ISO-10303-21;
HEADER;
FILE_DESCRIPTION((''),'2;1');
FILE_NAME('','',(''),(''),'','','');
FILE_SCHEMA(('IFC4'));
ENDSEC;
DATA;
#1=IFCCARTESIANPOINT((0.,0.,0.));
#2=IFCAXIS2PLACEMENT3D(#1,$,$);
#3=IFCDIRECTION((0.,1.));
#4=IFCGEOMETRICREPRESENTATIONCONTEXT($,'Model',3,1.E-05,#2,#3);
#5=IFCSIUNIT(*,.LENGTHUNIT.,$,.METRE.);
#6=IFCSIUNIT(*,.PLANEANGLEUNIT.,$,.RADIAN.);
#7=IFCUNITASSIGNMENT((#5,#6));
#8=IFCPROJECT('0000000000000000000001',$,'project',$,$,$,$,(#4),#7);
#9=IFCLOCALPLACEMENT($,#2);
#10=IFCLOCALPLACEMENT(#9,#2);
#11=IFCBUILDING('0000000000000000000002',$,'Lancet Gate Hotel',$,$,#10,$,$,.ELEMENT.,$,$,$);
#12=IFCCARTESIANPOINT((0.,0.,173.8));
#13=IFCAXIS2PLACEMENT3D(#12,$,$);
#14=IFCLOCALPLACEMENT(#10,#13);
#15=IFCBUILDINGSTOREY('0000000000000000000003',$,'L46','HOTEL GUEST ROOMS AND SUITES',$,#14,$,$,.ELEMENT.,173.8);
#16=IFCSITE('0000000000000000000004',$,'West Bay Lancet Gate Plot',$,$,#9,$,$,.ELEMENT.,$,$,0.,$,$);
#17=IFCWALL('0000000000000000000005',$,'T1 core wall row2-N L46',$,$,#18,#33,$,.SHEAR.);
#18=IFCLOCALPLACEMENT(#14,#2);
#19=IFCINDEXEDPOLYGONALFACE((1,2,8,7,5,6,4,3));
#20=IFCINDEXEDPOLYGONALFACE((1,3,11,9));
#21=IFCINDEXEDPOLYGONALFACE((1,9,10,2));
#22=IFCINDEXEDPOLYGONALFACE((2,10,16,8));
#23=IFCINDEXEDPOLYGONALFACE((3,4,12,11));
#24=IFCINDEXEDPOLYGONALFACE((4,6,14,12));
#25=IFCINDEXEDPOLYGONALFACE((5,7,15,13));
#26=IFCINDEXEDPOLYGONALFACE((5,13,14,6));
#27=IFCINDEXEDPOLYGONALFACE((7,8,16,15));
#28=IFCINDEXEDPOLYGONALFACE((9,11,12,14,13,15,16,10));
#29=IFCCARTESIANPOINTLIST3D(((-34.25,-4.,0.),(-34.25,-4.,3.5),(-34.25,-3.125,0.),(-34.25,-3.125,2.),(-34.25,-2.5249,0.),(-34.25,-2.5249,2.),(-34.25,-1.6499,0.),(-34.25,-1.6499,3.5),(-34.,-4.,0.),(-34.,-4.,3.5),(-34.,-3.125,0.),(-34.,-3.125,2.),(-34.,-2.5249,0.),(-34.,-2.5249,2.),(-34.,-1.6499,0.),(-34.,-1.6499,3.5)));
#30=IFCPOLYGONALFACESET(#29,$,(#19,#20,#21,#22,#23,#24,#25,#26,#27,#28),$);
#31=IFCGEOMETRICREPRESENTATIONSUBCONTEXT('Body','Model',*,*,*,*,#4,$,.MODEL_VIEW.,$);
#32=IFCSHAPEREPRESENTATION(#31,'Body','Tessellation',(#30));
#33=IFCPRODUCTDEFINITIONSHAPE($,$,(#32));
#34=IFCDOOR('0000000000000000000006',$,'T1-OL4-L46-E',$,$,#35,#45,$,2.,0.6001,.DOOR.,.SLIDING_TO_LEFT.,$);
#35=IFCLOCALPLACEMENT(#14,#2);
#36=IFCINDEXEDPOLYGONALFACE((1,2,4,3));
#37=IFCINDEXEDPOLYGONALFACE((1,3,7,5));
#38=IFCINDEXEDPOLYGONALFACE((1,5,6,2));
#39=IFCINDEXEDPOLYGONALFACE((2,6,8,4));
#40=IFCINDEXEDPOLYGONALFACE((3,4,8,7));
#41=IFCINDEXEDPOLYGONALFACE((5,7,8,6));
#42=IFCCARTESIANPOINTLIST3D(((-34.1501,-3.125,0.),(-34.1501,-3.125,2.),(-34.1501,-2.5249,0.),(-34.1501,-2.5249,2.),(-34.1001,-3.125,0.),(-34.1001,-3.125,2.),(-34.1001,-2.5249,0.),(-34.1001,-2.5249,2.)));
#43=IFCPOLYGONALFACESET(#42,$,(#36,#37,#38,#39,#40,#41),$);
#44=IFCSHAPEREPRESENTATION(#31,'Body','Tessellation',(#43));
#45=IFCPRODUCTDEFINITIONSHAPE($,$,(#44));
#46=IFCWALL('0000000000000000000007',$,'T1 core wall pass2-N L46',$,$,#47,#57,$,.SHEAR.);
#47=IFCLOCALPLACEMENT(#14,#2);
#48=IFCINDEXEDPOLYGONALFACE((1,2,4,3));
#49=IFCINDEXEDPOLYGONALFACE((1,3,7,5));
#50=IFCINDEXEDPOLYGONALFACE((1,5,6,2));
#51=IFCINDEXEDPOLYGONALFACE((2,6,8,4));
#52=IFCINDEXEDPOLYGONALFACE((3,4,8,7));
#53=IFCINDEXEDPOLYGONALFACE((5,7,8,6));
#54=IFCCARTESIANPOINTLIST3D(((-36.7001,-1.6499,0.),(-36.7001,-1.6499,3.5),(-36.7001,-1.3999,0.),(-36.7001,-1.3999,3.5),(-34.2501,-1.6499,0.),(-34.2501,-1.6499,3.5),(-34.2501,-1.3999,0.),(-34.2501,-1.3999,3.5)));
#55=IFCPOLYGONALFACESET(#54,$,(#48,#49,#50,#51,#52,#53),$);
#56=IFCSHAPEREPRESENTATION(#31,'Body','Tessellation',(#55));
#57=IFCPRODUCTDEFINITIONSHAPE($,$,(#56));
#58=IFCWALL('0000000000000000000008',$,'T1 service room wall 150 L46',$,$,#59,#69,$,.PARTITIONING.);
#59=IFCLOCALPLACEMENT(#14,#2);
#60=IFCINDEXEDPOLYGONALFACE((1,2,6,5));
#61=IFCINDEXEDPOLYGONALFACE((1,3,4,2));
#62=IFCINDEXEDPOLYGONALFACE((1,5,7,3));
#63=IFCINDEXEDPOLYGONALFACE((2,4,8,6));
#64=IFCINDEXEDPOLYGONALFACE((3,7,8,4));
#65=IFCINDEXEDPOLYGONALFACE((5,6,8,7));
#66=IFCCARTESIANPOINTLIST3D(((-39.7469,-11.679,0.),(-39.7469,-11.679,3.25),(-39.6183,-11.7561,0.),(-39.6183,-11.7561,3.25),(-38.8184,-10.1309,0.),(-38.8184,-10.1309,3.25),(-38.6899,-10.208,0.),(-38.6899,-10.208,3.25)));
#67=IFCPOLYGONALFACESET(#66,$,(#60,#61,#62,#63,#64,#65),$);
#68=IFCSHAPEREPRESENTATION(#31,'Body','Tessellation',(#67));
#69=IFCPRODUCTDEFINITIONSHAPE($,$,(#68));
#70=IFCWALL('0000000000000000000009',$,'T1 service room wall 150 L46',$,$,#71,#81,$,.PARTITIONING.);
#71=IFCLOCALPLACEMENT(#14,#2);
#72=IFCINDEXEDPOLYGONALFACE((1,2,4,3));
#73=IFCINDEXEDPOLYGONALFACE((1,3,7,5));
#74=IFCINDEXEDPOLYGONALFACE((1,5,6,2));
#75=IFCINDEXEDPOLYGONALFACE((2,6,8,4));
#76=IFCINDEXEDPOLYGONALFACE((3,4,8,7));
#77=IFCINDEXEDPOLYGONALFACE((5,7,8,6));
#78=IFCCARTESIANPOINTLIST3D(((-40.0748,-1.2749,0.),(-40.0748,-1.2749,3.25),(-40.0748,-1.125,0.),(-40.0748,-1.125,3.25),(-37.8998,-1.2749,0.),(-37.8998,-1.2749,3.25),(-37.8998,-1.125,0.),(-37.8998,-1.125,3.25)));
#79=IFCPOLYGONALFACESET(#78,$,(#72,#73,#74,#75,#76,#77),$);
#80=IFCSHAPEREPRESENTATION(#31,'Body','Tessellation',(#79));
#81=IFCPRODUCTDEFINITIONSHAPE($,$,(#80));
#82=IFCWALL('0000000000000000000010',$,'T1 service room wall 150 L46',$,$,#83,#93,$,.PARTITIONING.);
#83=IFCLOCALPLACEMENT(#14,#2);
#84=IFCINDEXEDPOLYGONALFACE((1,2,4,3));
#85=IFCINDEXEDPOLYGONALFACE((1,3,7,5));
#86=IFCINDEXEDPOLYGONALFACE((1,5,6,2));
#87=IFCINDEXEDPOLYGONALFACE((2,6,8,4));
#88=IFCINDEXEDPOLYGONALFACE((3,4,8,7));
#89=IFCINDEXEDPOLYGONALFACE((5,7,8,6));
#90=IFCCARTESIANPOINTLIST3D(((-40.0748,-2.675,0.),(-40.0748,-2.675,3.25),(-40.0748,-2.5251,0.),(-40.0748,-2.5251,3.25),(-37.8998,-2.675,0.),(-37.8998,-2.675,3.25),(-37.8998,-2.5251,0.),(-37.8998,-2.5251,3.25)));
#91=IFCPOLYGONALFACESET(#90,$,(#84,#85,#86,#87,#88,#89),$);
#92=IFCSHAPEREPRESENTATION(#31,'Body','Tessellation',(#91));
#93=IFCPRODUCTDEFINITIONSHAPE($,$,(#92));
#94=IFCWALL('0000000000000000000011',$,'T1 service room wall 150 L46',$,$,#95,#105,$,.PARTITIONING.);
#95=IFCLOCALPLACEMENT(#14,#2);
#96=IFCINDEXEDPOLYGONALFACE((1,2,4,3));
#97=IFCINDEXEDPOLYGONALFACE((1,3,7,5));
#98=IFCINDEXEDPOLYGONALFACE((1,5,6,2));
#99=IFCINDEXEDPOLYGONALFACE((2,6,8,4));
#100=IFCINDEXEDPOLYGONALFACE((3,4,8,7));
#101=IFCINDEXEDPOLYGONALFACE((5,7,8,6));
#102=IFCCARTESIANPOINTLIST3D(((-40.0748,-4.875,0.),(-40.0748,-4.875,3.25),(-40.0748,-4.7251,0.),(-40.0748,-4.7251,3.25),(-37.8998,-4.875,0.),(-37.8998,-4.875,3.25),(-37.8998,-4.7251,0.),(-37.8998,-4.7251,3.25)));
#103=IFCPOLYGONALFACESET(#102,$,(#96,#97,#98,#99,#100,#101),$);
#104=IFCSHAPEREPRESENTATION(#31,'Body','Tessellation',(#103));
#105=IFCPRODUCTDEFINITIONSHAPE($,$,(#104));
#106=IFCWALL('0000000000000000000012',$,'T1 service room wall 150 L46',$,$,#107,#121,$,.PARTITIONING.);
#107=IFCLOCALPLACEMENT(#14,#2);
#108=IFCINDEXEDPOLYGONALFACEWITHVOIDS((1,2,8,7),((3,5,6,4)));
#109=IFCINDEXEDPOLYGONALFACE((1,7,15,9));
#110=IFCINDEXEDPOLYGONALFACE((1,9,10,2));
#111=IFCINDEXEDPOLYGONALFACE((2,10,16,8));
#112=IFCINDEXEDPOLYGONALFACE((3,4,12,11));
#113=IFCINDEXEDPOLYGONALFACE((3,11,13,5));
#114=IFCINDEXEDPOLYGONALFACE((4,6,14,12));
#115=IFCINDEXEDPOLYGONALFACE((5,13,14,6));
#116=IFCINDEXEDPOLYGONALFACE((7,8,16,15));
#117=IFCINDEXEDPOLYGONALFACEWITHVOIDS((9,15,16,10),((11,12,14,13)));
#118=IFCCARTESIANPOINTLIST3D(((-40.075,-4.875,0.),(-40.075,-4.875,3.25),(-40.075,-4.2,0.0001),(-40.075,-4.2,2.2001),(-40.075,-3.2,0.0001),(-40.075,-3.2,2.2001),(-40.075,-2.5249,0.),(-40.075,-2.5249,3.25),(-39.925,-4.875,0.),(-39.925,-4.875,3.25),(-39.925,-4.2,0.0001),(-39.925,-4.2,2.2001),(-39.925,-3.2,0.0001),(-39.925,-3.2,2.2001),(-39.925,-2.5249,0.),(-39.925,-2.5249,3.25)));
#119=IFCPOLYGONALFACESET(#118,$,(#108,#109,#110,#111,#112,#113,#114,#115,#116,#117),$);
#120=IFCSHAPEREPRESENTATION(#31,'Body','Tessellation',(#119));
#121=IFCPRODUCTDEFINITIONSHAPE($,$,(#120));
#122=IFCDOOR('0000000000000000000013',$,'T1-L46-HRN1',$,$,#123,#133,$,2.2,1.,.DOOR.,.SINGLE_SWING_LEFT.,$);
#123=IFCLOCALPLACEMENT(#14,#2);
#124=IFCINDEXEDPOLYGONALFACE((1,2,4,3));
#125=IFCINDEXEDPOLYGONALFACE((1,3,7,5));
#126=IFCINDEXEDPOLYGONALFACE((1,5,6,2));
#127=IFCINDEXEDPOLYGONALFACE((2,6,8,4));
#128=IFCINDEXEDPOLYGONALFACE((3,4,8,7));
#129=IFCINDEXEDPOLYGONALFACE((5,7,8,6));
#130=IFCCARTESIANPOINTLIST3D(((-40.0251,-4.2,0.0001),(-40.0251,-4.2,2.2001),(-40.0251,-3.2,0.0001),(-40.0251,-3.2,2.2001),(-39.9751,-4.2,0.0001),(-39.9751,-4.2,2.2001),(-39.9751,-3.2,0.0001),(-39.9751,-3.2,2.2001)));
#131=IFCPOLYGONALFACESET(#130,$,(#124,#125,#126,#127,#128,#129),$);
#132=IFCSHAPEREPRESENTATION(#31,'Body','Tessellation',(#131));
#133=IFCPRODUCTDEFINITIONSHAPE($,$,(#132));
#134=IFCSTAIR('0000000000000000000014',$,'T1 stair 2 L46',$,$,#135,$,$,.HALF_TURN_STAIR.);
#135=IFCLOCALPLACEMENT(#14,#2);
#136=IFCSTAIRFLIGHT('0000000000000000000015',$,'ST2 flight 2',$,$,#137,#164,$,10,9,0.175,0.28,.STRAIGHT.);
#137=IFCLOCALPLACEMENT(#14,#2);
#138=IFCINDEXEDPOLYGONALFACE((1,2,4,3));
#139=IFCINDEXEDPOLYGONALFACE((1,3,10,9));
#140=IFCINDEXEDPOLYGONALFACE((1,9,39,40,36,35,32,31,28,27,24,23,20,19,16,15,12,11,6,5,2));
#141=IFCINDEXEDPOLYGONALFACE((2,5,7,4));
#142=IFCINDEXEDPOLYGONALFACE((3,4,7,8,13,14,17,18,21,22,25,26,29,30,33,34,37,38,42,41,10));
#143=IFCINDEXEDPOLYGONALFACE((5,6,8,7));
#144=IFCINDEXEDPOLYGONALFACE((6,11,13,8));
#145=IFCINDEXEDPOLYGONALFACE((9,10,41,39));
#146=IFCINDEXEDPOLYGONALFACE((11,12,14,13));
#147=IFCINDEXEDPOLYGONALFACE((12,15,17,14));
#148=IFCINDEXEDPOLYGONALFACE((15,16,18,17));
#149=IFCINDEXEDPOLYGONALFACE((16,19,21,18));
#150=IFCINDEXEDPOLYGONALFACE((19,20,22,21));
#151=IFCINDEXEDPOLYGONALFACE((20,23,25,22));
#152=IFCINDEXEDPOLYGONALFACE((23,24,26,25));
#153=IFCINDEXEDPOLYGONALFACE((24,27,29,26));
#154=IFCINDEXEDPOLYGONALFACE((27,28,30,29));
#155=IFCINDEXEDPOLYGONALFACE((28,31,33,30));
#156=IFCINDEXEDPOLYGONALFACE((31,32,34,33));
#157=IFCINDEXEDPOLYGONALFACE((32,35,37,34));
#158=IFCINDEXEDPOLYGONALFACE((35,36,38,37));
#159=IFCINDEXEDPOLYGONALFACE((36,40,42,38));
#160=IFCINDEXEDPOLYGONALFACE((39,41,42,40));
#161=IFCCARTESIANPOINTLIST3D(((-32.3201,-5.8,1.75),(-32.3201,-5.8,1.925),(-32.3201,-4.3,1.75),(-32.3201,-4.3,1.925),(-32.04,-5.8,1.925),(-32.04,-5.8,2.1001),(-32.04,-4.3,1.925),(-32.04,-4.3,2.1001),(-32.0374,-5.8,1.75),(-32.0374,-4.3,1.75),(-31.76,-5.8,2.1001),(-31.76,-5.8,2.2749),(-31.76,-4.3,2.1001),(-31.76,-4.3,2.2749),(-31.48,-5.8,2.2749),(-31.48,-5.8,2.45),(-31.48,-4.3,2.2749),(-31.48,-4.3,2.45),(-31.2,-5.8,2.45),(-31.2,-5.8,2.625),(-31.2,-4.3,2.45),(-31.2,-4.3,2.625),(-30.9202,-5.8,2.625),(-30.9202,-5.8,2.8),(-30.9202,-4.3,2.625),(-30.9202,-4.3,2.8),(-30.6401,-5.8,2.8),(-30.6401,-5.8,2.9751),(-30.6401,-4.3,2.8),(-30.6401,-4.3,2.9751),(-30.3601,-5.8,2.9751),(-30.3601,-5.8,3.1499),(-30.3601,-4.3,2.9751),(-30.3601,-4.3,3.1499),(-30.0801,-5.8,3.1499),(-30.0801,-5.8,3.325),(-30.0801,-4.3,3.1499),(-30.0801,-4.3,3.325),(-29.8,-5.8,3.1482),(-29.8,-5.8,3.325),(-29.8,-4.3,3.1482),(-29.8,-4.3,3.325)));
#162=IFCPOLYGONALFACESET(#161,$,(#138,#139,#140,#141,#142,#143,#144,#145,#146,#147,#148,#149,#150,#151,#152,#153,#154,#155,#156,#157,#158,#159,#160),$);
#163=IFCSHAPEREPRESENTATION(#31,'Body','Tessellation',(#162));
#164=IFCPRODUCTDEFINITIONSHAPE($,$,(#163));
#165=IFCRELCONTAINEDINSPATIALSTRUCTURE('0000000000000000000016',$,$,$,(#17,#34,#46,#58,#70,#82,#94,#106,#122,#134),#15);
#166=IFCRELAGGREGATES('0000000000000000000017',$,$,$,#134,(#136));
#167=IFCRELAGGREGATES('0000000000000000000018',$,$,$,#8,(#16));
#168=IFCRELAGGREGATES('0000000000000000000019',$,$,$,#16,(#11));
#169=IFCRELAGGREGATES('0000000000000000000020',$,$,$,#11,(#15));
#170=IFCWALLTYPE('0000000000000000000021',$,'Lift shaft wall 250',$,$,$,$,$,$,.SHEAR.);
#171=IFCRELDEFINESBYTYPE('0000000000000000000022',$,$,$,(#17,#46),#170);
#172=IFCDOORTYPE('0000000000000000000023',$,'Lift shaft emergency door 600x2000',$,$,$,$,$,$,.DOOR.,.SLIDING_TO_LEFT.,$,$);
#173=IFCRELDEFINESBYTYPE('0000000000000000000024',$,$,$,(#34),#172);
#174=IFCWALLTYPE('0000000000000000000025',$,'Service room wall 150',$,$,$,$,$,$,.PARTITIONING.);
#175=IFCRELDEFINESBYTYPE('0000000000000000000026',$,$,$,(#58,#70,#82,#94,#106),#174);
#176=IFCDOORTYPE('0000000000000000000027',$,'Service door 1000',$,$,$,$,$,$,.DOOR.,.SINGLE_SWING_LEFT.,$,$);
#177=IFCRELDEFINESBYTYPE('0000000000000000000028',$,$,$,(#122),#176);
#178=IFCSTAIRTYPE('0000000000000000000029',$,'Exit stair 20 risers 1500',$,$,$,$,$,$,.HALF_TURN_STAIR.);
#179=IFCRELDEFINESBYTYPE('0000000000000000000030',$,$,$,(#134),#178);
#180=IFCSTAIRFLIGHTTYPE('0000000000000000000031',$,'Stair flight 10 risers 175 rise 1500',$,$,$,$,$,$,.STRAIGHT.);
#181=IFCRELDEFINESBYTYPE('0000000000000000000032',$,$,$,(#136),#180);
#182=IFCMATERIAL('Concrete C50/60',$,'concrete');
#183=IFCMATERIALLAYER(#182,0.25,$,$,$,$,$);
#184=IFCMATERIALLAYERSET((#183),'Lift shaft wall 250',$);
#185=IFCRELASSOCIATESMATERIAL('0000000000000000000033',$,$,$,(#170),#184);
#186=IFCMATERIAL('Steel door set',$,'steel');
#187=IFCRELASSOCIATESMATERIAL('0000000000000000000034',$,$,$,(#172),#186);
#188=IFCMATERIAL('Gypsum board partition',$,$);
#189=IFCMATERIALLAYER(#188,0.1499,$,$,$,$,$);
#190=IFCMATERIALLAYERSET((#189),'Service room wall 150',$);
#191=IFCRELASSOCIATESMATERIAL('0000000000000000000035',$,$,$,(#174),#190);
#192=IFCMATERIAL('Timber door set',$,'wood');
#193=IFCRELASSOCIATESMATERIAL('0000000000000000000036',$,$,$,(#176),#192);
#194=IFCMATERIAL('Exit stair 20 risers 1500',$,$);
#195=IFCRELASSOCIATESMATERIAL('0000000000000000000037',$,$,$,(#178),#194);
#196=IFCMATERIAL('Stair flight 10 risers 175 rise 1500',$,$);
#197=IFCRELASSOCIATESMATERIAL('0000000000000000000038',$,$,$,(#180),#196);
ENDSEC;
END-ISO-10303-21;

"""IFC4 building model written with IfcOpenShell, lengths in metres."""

from ifc_helpers import new_model, si_unit, direction, frame, frame_2d, origin, place, context, subcontext, project, spatial, polyline, rectangle, outline, extrude, material, layer, layer_set, type_object, element, fill, aggregate, save


model = new_model("IFC4")

# Units and contexts
model_context = context("Model", 3, precision=1e-05, world=origin(), true_north=direction((0.0, 1.0)))
body_context = subcontext(model_context, "Body", "Model", "MODEL_VIEW")
ifc_project = project(units=[si_unit("LENGTHUNIT", "METRE"), si_unit("PLANEANGLEUNIT", "RADIAN")], contexts=[model_context])

# Site, building, storey
site_placement = place(None, origin())
site = spatial("IfcSite", under=ifc_project, at=site_placement, Name="West Bay Lancet Gate Plot", CompositionType="ELEMENT", RefElevation=0.0)
building_placement = place(site_placement, origin())
building = spatial("IfcBuilding", under=site, at=building_placement, Name="Lancet Gate Hotel", CompositionType="ELEMENT")
storey_placement = place(building_placement, frame((0.0, 0.0, 173.8)))
storey = spatial("IfcBuildingStorey", under=building, at=storey_placement, Name="L46", Description="HOTEL GUEST ROOMS AND SUITES", CompositionType="ELEMENT", Elevation=173.8)

# Wall, opening, door
ifc_material_1 = material(Name="Concrete C50/60", Category="concrete")
ifc_layer_1 = layer(ifc_material_1, 0.25)
ifc_layer_set_1 = layer_set([ifc_layer_1], Name="Lift shaft wall 250")
wall_type_1 = type_object("IfcWallType", Name="Lift shaft wall 250", PredefinedType="SHEAR", material=ifc_layer_set_1)
wall_1_placement = place(storey_placement, frame((-34.125, -1.6499, 0.0), z_axis=(0.0, 0.0, 1.0), x_axis=(0.0, -1.0, 0.0)))
wall_1 = element("IfcWall", 1, at=wall_1_placement, inside=storey, type_object=wall_type_1, Name="T1 core wall row2-N L46", PredefinedType="SHEAR", context=body_context, shape_type="SweptSolid", body=[
    extrude(rectangle(XDim=2.3501, YDim=0.25, at=frame_2d((1.175, 0.0))), origin(), (0.0, 0.0, 1.0), 3.5),
])
opening_1_placement = place(wall_1_placement, frame((0.875, 0.0, 0.0)))
opening_1 = element("IfcOpeningElement", 2, at=opening_1_placement, cuts=wall_1, PredefinedType="OPENING", context=body_context, shape_type="SweptSolid", body=[
    extrude(rectangle(XDim=0.6001, YDim=2.0, at=frame_2d((0.3, 1.0))), frame((0.0, 0.135, 0.0), z_axis=(0.0, -1.0, 0.0), x_axis=(1.0, 0.0, 0.0)), (0.0, 0.0, 1.0), 0.27),
])
ifc_material_2 = material(Name="Steel door set", Category="steel")
door_type_1 = type_object("IfcDoorType", Name="Lift shaft emergency door 600x2000", OperationType="SLIDING_TO_LEFT", PredefinedType="DOOR", material=ifc_material_2)
door_1_placement = place(opening_1_placement, origin())
door_1 = element("IfcDoor", 3, at=door_1_placement, inside=storey, type_object=door_type_1, Name="T1-OL4-L46-E", OperationType="SLIDING_TO_LEFT", OverallHeight=2.0, OverallWidth=0.6001, PredefinedType="DOOR", context=body_context, shape_type="SweptSolid", body=[
    extrude(rectangle(XDim=0.6001, YDim=2.0, at=frame_2d((0.3, 1.0))), frame((0.0, 0.0249, 0.0), z_axis=(0.0, -1.0, 0.0), x_axis=(1.0, 0.0, 0.0)), (0.0, 0.0, 1.0), 0.05),
])
fill(opening_1, door_1)

# Walls
wall_2_placement = place(storey_placement, frame((-34.25, -1.5249, 0.0), z_axis=(0.0, 0.0, 1.0), x_axis=(-1.0, 0.0, 0.0)))
element("IfcWall", 4, at=wall_2_placement, inside=storey, type_object=wall_type_1, Name="T1 core wall pass2-N L46", PredefinedType="SHEAR", context=body_context, shape_type="SweptSolid", body=[
    extrude(rectangle(XDim=2.45, YDim=0.25, at=frame_2d((1.2251, 0.0))), origin(), (0.0, 0.0, 1.0), 3.5),
])
ifc_material_3 = material(Name="Gypsum board partition")
ifc_layer_2 = layer(ifc_material_3, 0.1499)
ifc_layer_set_2 = layer_set([ifc_layer_2], Name="Service room wall 150")
wall_type_2 = type_object("IfcWallType", Name="Service room wall 150", PredefinedType="PARTITIONING", material=ifc_layer_set_2)
wall_3_placement = place(storey_placement, frame((-39.6826, -11.7175, 0.0), z_axis=(0.0, 0.0, 1.0), x_axis=(0.514337, 0.857588, 0.0)))
element("IfcWall", 5, at=wall_3_placement, inside=storey, type_object=wall_type_2, Name="T1 service room wall 150 L46", PredefinedType="PARTITIONING", context=body_context, shape_type="SweptSolid", body=[
    extrude(rectangle(XDim=1.8052, YDim=0.1499, at=frame_2d((0.9026, 0.0))), origin(), (0.0, 0.0, 1.0), 3.25),
])
for number, where, z_axis, x_axis, name in (
    (6, (-37.8999, -1.2, 0.0), (0.0, 0.0, 1.0), (-1.0, 0.0, 0.0), "T1 service room wall 150 L46"),
    (7, (-37.8999, -2.6001, 0.0), (0.0, 0.0, 1.0), (-1.0, 0.0, 0.0), "T1 service room wall 150 L46"),
    (8, (-37.8999, -4.8, 0.0), (0.0, 0.0, 1.0), (-1.0, 0.0, 0.0), "T1 service room wall 150 L46"),
):
    element("IfcWall", number, at=place(storey_placement, frame(where, z_axis=z_axis, x_axis=x_axis)), inside=storey, type_object=wall_type_2, Name=name, PredefinedType="PARTITIONING", context=body_context, shape_type="SweptSolid", body=[
        extrude(rectangle(XDim=2.175, YDim=0.1499, at=frame_2d((1.0874, 0.0))), origin(), (0.0, 0.0, 1.0), 3.25),
    ])

# Wall, opening, door
wall_4_placement = place(storey_placement, frame((-40.0, -2.5249, 0.0), z_axis=(0.0, 0.0, 1.0), x_axis=(0.0, -1.0, 0.0)))
wall_4 = element("IfcWall", 9, at=wall_4_placement, inside=storey, type_object=wall_type_2, Name="T1 service room wall 150 L46", PredefinedType="PARTITIONING", context=body_context, shape_type="SweptSolid", body=[
    extrude(rectangle(XDim=2.3501, YDim=0.1499, at=frame_2d((1.175, 0.0))), origin(), (0.0, 0.0, 1.0), 3.25),
])
opening_2_placement = place(wall_4_placement, frame((0.675, 0.0, 0.0)))
opening_2 = element("IfcOpeningElement", 10, at=opening_2_placement, cuts=wall_4, PredefinedType="OPENING", context=body_context, shape_type="SweptSolid", body=[
    extrude(rectangle(XDim=1.0, YDim=2.2, at=frame_2d((0.5, 1.1001))), frame((0.0, 0.085, 0.0), z_axis=(0.0, -1.0, 0.0), x_axis=(1.0, 0.0, 0.0)), (0.0, 0.0, 1.0), 0.1699),
])
ifc_material_4 = material(Name="Timber door set", Category="wood")
door_type_2 = type_object("IfcDoorType", Name="Service door 1000", OperationType="SINGLE_SWING_LEFT", PredefinedType="DOOR", material=ifc_material_4)
door_2_placement = place(opening_2_placement, origin())
door_2 = element("IfcDoor", 11, at=door_2_placement, inside=storey, type_object=door_type_2, Name="T1-L46-HRN1", OperationType="SINGLE_SWING_LEFT", OverallHeight=2.2, OverallWidth=1.0, PredefinedType="DOOR", context=body_context, shape_type="SweptSolid", body=[
    extrude(rectangle(XDim=1.0, YDim=2.2, at=frame_2d((0.5, 1.1001))), frame((0.0, 0.0249, 0.0), z_axis=(0.0, -1.0, 0.0), x_axis=(1.0, 0.0, 0.0)), (0.0, 0.0, 1.0), 0.05),
])
fill(opening_2, door_2)

# Stair, stair flight
ifc_material_5 = material(Name="Exit stair 20 risers 1500")
stair_type = type_object("IfcStairType", Name="Exit stair 20 risers 1500", PredefinedType="HALF_TURN_STAIR", material=ifc_material_5)
stair_placement = place(storey_placement, origin())
stair = element("IfcStair", 12, at=stair_placement, inside=storey, type_object=stair_type, Name="T1 stair 2 L46", PredefinedType="HALF_TURN_STAIR")
ifc_material_6 = material(Name="Stair flight 10 risers 175 rise 1500")
stair_flight_type = type_object("IfcStairFlightType", Name="Stair flight 10 risers 175 rise 1500", PredefinedType="STRAIGHT", material=ifc_material_6)
stair_flight_placement = place(storey_placement, frame((-32.3201, -5.05, 1.75), z_axis=(0.0, 0.0, 1.0), x_axis=(1.0, 0.0, 0.0)))
stair_flight = element("IfcStairFlight", 13, at=stair_flight_placement, type_object=stair_flight_type, Name="ST2 flight 2", NumberOfRisers=10, NumberOfTreads=9, PredefinedType="STRAIGHT", RiserHeight=0.175, TreadLength=0.28, context=body_context, shape_type="SweptSolid", body=[
    extrude(outline(polyline([(0.0, 0.0), (0.0, 0.175), (0.28, 0.175), (0.28, 0.3501), (0.5601, 0.3501), (0.5601, 0.5249), (0.8401, 0.5249), (0.8401, 0.7), (1.1201, 0.7), (1.1201, 0.875), (1.3999, 0.875), (1.3999, 1.05), (1.6799, 1.05), (1.6799, 1.2251), (1.96, 1.2251), (1.96, 1.3999), (2.24, 1.3999), (2.24, 1.575), (2.52, 1.575), (2.52, 1.75), (2.52, 1.3982), (0.2827, 0.0), (0.0, 0.0)])), frame((0.0, 0.75, 0.0), z_axis=(0.0, -1.0, 0.0), x_axis=(1.0, 0.0, 0.0)), (0.0, 0.0, 1.0), 1.5),
])
aggregate(stair, [stair_flight])

save(model, "model.ifc")
